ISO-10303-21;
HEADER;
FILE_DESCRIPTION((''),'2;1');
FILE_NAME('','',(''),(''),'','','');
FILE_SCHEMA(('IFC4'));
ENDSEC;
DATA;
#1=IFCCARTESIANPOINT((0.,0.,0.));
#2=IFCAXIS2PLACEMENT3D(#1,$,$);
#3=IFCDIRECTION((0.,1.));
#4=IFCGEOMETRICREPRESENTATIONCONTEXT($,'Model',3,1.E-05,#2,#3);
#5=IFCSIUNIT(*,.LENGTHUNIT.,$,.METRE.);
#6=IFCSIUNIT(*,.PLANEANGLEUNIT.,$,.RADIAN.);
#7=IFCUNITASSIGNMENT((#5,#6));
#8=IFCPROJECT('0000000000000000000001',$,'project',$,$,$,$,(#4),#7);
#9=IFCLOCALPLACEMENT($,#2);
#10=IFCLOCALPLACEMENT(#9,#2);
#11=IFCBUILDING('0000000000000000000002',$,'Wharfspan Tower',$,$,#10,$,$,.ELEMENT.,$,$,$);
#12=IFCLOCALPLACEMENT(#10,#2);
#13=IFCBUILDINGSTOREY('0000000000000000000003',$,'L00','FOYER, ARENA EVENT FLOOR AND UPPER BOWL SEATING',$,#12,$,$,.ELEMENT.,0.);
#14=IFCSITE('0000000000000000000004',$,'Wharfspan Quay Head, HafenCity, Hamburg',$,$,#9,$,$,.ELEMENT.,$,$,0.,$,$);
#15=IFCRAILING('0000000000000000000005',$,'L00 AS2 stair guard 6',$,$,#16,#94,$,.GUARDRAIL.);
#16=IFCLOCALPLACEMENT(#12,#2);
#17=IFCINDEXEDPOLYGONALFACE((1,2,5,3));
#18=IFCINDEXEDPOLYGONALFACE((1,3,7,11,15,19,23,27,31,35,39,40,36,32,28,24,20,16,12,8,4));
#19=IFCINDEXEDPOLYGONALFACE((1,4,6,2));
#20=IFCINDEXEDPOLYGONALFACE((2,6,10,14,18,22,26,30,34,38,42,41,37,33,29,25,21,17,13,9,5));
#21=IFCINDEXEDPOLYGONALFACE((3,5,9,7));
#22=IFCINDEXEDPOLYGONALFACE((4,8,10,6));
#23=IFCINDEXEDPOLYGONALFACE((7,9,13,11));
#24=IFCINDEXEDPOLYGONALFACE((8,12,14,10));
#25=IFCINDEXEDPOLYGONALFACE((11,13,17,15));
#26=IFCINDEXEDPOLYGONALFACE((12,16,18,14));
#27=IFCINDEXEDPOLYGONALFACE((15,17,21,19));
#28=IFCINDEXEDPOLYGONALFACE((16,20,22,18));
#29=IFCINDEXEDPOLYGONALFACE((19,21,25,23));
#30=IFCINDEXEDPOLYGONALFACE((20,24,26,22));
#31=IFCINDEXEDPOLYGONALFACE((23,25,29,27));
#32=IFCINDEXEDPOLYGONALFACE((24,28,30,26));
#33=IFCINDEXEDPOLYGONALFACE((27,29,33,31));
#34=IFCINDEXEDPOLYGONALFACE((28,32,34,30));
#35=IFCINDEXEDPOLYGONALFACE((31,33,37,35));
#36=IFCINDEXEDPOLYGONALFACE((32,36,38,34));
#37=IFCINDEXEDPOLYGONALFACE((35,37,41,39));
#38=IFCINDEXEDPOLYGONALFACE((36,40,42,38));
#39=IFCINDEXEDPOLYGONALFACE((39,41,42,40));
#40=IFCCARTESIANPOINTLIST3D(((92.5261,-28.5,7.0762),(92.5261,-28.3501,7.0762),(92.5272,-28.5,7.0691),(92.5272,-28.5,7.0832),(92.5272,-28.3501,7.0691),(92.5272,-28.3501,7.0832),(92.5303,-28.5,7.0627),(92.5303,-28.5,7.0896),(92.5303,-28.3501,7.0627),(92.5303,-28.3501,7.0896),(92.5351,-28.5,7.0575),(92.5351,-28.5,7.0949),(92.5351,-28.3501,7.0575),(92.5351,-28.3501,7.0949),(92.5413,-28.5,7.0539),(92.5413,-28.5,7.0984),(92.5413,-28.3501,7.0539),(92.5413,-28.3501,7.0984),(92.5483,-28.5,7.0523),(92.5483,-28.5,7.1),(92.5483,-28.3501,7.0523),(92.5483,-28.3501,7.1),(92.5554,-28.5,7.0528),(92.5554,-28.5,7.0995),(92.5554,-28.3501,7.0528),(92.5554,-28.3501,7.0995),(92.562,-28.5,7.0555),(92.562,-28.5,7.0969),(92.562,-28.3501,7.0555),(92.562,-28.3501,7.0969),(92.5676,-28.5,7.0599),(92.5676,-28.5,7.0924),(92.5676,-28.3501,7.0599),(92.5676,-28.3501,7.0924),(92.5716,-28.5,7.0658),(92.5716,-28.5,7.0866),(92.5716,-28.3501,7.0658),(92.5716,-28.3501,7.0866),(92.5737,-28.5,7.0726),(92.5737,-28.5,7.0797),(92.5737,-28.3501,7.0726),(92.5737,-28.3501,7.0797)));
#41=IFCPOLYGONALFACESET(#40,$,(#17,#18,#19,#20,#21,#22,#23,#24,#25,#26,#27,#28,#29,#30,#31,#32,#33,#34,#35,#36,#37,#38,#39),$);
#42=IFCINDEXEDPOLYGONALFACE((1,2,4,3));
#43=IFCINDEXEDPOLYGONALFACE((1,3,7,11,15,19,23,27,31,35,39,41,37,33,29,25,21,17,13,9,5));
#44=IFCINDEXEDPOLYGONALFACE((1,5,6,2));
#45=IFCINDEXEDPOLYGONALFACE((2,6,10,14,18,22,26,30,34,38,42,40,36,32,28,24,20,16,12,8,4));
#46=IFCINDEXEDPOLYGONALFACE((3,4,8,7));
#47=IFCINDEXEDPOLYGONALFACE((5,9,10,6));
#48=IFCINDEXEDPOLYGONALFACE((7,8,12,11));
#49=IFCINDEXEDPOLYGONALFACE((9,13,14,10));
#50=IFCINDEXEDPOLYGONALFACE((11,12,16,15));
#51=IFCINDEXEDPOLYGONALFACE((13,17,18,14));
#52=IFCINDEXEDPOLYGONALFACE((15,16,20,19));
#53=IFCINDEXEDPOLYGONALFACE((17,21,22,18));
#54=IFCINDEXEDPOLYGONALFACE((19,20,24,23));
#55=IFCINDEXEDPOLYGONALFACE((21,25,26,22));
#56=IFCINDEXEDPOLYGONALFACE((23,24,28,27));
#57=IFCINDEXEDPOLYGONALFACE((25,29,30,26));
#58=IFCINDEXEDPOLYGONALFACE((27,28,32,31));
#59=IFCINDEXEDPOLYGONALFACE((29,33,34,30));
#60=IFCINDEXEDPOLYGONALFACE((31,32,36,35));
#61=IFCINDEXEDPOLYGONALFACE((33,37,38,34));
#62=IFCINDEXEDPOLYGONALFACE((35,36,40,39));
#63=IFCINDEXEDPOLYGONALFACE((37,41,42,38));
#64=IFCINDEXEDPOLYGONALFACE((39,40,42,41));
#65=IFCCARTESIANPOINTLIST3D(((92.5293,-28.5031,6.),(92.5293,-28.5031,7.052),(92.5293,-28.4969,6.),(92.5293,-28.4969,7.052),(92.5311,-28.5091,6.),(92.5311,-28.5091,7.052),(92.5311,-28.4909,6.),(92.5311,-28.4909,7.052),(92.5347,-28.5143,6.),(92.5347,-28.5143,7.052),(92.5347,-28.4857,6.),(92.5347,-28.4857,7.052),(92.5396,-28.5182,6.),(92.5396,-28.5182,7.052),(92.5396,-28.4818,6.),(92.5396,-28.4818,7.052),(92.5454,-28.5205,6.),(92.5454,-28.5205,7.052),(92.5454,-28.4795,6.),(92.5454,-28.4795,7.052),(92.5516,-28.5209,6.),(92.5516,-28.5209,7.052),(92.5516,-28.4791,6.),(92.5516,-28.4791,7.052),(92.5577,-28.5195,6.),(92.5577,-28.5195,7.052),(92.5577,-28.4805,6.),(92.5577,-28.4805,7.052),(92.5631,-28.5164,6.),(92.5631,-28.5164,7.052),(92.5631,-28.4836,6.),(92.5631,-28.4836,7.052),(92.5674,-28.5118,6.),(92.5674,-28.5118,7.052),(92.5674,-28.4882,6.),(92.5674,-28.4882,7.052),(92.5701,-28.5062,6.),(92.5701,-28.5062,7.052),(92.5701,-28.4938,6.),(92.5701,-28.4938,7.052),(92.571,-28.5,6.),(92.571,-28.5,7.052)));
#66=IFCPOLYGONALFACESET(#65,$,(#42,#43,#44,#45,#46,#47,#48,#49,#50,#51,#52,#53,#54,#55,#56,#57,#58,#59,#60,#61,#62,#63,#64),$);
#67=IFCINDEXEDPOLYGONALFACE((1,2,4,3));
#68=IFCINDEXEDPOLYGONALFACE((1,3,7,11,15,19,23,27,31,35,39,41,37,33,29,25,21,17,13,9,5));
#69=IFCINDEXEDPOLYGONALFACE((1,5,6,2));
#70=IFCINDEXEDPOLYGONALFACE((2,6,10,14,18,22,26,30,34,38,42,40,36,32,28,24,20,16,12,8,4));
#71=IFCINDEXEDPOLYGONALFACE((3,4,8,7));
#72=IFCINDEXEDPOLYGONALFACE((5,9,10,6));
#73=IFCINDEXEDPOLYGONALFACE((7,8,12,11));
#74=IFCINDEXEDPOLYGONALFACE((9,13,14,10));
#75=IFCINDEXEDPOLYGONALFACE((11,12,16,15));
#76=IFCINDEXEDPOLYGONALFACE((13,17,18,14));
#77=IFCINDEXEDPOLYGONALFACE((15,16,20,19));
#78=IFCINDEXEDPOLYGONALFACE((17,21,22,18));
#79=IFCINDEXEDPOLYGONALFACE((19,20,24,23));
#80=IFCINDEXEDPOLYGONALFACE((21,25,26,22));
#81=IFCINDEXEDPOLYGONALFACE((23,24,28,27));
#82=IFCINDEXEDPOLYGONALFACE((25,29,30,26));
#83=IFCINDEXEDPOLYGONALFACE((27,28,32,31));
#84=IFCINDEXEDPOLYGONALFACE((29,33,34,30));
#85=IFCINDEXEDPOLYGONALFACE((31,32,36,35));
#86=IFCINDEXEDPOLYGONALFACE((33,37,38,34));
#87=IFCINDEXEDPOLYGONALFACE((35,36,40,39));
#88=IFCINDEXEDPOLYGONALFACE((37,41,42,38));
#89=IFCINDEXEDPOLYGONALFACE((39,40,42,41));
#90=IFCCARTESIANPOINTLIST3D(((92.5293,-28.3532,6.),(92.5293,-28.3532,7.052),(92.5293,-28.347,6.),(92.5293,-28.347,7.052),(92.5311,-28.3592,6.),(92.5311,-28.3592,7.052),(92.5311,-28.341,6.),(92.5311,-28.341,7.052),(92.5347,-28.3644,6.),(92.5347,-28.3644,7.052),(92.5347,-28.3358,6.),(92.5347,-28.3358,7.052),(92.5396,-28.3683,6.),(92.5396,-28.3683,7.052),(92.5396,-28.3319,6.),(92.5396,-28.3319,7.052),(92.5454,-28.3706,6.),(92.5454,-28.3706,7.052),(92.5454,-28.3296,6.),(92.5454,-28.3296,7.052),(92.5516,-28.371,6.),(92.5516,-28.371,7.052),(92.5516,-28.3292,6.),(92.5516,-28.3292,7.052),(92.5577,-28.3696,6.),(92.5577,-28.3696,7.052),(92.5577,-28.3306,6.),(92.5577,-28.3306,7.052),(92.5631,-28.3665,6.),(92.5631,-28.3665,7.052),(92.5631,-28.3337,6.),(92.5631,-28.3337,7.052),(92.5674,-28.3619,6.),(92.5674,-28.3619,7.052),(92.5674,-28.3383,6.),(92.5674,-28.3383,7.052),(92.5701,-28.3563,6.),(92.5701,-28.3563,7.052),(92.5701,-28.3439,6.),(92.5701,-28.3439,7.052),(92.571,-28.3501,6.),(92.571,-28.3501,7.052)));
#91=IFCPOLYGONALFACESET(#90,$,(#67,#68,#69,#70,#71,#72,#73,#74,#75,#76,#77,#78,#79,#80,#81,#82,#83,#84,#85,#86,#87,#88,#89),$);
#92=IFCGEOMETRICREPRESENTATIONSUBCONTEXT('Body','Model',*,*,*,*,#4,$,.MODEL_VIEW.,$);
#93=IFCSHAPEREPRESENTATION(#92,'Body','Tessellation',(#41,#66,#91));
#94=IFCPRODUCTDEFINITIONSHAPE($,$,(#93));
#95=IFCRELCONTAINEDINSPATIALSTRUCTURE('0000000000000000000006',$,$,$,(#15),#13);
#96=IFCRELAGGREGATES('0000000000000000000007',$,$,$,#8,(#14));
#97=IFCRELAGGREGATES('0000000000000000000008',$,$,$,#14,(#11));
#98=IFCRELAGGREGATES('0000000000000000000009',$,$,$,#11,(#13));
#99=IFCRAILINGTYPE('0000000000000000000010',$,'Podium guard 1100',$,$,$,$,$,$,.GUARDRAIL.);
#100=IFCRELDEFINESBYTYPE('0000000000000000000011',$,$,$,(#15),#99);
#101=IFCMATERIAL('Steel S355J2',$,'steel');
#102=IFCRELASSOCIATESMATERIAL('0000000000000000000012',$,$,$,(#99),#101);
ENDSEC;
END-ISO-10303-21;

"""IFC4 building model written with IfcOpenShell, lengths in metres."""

from ifc_helpers import new_model, si_unit, direction, frame, origin, origin_2d, place, context, subcontext, project, spatial, circle, extrude, material, type_object, element, save


model = new_model("IFC4")

# Units and contexts
model_context = context("Model", 3, precision=1e-05, world=origin(), true_north=direction((0.0, 1.0)))
body_context = subcontext(model_context, "Body", "Model", "MODEL_VIEW")
ifc_project = project(units=[si_unit("LENGTHUNIT", "METRE"), si_unit("PLANEANGLEUNIT", "RADIAN")], contexts=[model_context])

# Site, building, storey
site_placement = place(None, origin())
site = spatial("IfcSite", under=ifc_project, at=site_placement, Name="Wharfspan Quay Head, HafenCity, Hamburg", CompositionType="ELEMENT", RefElevation=0.0)
building_placement = place(site_placement, origin())
building = spatial("IfcBuilding", under=site, at=building_placement, Name="Wharfspan Tower", CompositionType="ELEMENT")
storey_placement = place(building_placement, origin())
storey = spatial("IfcBuildingStorey", under=building, at=storey_placement, Name="L00", Description="FOYER, ARENA EVENT FLOOR AND UPPER BOWL SEATING", CompositionType="ELEMENT", Elevation=0.0)

# Shared definitions
ifc_material_1 = material(Name="Steel S355J2", Category="steel")

# Railing
railing_type_1 = type_object("IfcRailingType", Name="Podium guard 1100", PredefinedType="GUARDRAIL", material=ifc_material_1)
railing_1_placement = place(storey_placement, frame((92.55, -28.5, 6.0)))
element("IfcRailing", 1, at=railing_1_placement, inside=storey, type_object=railing_type_1, Name="L00 AS2 stair guard 6", PredefinedType="GUARDRAIL", context=body_context, shape_type="SweptSolid", body=[
    extrude(circle(Radius=0.0239, at=origin_2d()), frame((0.0, 0.0, 1.0762), z_axis=(0.0, 1.0, 0.0), x_axis=(-1.0, 0.0, 0.0)), (0.0, 0.0, 1.0), 0.1499),
    extrude(circle(Radius=0.021, at=origin_2d()), origin(), (0.0, 0.0, 1.0), 1.052),
    extrude(circle(Radius=0.021, at=origin_2d()), frame((0.0, 0.1499, 0.0)), (0.0, 0.0, 1.0), 1.052),
])

save(model, "model.ifc")
